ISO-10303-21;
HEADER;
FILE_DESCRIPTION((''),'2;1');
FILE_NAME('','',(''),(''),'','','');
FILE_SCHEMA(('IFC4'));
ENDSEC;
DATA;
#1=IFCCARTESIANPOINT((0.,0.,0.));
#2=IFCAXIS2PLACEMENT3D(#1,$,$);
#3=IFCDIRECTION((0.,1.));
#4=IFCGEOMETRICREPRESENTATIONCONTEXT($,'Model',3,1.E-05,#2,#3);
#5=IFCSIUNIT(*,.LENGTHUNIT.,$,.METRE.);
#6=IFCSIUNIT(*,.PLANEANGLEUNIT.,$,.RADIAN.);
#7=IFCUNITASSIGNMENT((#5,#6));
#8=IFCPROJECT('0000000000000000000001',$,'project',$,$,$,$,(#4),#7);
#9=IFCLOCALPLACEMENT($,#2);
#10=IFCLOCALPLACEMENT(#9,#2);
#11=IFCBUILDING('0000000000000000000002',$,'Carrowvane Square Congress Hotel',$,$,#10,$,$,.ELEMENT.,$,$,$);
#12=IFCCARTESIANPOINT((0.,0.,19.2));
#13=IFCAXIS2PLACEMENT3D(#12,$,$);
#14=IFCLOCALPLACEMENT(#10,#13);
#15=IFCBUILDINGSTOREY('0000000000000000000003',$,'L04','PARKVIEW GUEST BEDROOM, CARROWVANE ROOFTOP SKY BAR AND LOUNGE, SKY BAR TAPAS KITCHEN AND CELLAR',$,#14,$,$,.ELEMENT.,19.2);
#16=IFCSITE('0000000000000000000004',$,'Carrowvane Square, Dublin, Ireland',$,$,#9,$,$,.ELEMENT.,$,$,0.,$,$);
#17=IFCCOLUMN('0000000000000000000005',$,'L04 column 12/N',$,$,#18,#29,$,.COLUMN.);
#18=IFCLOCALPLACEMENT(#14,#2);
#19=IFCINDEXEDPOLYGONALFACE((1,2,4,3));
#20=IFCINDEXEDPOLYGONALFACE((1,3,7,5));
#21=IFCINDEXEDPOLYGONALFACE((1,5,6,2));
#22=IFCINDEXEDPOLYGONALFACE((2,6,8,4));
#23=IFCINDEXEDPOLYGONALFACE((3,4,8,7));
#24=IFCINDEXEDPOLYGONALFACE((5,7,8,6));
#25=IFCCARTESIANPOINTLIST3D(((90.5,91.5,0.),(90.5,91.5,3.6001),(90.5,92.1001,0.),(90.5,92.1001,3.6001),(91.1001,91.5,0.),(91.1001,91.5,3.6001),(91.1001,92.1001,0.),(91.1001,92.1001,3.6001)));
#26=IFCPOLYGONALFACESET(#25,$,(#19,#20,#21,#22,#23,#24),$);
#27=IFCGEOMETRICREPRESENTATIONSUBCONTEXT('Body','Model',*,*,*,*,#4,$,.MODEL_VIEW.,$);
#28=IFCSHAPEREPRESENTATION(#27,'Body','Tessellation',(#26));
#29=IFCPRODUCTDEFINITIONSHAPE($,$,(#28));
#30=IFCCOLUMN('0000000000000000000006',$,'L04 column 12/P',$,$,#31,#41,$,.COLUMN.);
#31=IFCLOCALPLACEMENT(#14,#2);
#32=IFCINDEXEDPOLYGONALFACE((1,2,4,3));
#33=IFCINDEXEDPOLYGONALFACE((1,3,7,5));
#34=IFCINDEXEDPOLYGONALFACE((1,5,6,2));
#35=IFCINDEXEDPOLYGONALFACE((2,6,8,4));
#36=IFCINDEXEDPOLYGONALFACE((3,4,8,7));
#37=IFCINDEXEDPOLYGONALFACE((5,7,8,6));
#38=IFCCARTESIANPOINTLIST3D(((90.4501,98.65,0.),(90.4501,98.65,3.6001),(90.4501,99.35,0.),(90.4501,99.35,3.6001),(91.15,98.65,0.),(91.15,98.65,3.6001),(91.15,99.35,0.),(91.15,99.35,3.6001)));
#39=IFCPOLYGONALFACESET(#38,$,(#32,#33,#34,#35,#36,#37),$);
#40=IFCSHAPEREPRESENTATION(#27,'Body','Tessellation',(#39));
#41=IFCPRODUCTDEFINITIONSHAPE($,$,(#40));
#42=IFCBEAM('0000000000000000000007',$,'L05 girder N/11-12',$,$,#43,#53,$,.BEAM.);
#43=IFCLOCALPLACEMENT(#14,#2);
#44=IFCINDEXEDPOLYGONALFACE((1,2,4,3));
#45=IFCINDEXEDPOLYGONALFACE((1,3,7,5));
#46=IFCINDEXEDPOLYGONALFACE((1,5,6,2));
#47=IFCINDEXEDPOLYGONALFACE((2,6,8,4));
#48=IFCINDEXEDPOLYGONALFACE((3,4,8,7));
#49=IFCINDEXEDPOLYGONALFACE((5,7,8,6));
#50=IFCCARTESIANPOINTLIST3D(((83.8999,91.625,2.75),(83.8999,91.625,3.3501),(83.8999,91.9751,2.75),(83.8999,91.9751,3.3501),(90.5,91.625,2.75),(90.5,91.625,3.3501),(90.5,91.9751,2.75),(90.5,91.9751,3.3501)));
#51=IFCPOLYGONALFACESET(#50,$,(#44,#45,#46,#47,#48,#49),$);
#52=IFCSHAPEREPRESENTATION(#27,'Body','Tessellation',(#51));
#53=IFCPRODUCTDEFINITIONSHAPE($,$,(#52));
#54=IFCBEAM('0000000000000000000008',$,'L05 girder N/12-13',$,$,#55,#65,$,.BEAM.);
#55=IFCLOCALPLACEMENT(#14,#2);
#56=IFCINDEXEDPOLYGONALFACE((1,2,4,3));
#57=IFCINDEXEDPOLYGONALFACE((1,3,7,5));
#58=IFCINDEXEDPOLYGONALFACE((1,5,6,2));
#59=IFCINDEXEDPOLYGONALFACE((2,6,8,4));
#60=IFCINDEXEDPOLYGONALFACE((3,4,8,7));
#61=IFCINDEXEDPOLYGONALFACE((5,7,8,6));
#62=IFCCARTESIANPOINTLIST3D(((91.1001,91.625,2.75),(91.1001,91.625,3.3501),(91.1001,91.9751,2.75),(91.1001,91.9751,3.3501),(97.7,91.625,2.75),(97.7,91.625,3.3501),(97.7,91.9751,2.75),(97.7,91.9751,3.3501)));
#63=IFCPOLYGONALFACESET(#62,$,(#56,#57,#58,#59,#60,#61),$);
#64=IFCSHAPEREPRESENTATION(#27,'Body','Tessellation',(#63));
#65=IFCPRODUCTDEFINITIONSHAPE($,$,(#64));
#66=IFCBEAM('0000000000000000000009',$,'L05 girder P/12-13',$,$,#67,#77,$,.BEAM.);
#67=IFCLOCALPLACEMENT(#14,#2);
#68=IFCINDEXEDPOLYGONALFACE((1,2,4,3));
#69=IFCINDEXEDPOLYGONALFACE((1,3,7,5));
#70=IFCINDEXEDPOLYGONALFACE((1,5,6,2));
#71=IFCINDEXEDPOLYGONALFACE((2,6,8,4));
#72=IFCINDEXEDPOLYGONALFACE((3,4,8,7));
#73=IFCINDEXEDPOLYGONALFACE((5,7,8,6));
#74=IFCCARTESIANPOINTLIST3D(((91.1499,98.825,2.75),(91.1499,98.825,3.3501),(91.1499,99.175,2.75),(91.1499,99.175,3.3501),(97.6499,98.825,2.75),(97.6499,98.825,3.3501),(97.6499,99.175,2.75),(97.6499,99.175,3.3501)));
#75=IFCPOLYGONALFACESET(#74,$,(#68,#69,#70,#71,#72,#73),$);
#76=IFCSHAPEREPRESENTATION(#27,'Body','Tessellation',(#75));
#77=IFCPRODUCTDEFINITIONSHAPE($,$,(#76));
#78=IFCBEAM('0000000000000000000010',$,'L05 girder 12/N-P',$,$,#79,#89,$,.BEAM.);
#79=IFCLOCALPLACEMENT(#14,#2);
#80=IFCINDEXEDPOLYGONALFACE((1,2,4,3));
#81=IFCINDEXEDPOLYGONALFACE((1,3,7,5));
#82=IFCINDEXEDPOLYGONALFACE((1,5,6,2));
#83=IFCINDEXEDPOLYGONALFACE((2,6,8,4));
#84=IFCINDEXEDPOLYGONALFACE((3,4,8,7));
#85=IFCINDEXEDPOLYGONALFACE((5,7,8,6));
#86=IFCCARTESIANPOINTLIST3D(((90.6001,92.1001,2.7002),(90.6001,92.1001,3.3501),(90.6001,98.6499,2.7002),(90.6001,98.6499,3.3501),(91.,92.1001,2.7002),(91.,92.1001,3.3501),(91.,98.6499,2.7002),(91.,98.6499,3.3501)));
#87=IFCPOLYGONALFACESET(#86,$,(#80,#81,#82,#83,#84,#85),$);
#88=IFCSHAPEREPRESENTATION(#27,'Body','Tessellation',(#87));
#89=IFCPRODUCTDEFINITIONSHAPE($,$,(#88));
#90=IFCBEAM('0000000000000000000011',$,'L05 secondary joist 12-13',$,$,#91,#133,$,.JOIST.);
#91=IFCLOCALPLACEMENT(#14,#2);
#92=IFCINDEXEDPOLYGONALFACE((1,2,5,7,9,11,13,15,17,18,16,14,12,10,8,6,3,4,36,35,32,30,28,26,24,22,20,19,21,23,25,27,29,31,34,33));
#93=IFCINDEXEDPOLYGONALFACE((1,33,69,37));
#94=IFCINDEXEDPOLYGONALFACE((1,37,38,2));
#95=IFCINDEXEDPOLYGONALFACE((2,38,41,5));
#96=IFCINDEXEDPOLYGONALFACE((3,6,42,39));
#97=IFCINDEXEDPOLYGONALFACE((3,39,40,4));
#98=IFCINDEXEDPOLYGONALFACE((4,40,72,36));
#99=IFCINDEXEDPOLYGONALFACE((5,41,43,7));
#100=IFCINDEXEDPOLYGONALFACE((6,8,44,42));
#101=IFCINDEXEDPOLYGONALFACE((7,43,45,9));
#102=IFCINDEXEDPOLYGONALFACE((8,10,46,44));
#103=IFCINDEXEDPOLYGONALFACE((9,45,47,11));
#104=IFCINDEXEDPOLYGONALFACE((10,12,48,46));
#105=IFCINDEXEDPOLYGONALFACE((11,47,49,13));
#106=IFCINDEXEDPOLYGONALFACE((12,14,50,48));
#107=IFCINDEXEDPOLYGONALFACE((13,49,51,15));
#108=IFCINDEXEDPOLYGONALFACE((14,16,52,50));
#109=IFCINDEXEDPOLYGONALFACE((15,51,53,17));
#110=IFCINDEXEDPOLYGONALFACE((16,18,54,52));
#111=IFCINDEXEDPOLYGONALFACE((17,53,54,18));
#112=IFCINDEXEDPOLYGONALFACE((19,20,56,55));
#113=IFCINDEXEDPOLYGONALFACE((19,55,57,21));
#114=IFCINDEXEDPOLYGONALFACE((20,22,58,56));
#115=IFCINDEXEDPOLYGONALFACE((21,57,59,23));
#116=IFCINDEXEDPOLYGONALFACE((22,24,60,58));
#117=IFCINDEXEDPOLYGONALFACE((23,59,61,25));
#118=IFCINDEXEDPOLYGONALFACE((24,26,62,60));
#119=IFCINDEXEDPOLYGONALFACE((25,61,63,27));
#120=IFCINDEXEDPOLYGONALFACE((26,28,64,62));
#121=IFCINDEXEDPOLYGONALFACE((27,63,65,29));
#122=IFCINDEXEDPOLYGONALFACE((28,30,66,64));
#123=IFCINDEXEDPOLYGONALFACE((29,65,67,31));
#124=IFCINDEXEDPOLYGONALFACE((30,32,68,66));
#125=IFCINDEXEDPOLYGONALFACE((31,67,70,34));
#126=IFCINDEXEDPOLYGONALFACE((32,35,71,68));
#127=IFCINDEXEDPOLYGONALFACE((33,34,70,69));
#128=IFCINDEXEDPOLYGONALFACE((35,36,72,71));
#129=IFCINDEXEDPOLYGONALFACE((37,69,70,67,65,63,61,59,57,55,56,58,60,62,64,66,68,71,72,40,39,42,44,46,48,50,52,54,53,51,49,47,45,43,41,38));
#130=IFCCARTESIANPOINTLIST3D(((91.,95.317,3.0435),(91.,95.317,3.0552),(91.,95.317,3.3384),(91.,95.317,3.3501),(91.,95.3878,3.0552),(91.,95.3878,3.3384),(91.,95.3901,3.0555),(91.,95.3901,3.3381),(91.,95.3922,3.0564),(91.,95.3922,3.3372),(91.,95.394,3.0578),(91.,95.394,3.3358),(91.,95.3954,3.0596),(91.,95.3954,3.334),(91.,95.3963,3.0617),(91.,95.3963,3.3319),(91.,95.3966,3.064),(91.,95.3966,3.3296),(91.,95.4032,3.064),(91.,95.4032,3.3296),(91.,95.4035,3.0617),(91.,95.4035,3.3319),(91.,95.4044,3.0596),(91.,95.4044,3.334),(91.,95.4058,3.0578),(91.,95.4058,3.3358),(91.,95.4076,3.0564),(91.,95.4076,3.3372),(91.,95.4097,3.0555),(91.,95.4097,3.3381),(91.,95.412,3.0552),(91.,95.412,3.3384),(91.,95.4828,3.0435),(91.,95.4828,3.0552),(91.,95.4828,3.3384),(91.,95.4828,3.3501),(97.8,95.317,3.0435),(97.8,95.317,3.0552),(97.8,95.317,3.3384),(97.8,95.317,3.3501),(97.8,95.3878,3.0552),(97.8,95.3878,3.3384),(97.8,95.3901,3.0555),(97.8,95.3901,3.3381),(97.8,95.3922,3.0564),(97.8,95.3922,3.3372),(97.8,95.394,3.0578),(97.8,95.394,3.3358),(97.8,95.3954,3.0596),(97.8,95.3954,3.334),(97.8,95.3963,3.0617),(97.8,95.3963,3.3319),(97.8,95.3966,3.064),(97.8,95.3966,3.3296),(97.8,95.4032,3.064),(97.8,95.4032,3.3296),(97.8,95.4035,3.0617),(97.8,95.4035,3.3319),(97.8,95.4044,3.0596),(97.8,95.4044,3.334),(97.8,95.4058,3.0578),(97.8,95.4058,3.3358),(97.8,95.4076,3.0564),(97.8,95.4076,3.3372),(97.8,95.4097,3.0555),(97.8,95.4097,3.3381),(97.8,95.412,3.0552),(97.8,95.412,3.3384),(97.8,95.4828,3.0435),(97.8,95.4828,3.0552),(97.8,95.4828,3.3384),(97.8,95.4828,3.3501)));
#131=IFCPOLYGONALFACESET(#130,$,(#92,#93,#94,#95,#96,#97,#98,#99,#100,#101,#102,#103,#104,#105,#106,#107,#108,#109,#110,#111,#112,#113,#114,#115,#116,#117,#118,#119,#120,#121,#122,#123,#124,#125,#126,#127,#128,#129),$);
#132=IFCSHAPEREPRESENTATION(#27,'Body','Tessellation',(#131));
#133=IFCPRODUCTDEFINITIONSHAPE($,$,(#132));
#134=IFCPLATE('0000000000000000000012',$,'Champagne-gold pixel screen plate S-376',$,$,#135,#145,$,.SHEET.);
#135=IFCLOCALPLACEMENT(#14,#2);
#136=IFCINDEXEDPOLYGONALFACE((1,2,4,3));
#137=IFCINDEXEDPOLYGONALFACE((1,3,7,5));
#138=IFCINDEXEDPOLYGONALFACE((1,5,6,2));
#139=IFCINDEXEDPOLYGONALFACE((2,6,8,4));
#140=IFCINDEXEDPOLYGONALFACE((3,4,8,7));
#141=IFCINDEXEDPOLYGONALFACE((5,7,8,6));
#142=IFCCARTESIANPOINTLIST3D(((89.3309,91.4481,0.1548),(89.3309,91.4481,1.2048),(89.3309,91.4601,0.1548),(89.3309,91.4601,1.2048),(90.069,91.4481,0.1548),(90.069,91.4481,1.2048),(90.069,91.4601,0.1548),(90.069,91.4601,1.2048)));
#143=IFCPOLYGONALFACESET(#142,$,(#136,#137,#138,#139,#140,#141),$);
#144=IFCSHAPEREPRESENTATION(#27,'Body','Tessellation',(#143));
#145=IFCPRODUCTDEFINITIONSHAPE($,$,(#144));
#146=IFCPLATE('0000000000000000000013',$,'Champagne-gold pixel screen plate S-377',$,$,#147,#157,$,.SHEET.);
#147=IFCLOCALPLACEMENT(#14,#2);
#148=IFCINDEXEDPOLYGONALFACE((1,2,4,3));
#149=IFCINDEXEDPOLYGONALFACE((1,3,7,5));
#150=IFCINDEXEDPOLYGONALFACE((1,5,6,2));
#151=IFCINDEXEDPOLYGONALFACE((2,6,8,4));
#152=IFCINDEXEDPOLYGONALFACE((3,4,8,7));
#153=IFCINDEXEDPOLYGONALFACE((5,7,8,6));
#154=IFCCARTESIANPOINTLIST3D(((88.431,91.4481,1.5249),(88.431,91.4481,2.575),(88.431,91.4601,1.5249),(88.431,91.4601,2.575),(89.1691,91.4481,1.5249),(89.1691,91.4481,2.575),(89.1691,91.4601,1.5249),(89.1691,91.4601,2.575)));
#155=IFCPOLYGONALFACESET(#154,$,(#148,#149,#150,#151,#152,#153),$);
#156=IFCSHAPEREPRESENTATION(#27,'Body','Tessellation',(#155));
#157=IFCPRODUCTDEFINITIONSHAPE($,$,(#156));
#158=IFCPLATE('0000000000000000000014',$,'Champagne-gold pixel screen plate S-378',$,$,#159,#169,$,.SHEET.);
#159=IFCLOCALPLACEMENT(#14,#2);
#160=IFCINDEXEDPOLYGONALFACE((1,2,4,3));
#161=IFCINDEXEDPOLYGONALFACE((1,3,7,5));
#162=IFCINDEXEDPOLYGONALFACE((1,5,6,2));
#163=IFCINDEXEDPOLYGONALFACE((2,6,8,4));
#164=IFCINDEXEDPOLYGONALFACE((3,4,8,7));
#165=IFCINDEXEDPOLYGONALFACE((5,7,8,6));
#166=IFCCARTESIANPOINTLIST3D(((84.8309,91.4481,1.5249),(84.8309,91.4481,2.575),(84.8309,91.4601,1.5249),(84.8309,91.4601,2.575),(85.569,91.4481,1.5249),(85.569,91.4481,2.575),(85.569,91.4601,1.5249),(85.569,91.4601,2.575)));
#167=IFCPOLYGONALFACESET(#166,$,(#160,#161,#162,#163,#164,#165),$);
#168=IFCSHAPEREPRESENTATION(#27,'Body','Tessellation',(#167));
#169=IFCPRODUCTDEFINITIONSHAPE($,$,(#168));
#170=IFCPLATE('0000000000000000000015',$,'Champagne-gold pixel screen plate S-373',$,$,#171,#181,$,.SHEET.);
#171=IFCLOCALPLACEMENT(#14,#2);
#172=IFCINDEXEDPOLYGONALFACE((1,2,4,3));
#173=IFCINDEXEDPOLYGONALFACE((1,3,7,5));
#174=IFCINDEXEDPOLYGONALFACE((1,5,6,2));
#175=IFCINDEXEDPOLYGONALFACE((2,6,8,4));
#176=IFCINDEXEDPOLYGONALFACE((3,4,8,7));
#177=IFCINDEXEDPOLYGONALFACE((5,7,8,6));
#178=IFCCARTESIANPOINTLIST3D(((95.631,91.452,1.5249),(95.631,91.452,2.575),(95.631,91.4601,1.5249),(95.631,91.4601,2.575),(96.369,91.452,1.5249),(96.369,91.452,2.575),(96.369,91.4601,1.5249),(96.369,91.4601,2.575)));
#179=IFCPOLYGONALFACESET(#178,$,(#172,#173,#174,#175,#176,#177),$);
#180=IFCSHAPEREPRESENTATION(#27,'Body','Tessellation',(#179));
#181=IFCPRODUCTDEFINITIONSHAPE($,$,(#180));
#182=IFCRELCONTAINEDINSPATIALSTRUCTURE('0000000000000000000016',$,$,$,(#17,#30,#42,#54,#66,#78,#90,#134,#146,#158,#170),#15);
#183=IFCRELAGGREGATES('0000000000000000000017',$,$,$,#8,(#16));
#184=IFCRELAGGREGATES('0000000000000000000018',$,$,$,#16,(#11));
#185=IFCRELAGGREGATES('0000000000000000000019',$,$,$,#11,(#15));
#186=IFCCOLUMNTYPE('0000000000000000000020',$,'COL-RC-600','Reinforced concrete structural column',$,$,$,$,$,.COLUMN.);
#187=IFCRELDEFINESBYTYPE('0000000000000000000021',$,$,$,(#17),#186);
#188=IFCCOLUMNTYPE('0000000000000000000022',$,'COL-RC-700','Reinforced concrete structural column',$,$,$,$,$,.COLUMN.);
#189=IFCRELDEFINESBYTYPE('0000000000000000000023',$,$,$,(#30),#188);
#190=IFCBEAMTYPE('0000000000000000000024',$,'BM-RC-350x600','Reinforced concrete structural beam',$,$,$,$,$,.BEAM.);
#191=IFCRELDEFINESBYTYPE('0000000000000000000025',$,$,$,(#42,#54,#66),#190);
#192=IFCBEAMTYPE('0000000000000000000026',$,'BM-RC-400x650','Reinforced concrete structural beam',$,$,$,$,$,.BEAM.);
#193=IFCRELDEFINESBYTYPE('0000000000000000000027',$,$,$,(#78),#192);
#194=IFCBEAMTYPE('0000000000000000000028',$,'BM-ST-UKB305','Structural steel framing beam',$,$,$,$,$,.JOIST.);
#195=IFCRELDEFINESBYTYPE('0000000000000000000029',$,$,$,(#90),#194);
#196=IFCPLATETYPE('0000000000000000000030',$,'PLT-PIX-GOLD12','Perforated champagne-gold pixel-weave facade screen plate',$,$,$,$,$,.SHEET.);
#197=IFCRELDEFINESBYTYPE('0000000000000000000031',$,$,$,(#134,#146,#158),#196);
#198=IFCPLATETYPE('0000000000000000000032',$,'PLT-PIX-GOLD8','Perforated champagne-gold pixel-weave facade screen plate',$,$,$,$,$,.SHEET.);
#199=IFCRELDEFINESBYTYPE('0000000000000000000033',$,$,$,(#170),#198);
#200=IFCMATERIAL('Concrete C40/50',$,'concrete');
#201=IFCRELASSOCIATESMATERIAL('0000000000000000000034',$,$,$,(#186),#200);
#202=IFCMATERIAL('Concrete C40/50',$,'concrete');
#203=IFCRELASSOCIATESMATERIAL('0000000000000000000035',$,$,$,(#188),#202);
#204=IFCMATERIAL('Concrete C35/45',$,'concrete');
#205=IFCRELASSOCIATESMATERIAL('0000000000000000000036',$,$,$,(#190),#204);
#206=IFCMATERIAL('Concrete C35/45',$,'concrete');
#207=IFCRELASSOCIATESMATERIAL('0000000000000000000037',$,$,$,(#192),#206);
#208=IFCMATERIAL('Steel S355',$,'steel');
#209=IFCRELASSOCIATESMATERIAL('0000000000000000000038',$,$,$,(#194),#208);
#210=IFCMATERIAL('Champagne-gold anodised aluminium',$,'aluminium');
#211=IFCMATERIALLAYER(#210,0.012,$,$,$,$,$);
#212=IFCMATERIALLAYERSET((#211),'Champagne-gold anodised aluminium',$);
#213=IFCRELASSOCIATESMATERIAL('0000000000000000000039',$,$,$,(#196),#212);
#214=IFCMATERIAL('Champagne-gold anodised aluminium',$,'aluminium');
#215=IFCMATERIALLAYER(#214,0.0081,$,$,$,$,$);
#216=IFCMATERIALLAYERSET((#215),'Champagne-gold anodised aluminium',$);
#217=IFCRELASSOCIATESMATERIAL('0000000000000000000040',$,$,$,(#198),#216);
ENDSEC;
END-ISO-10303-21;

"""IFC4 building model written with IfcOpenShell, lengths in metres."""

from ifc_helpers import new_model, si_unit, direction, frame, origin, origin_2d, place, context, subcontext, project, spatial, rectangle, i_section, extrude, material, layer, layer_set, material_profile, profile_set, type_object, element, save


model = new_model("IFC4")

# Units and contexts
model_context = context("Model", 3, precision=1e-05, world=origin(), true_north=direction((0.0, 1.0)))
body_context = subcontext(model_context, "Body", "Model", "MODEL_VIEW")
ifc_project = project(units=[si_unit("LENGTHUNIT", "METRE"), si_unit("PLANEANGLEUNIT", "RADIAN")], contexts=[model_context])

# Site, building, storey
site_placement = place(None, origin())
site = spatial("IfcSite", under=ifc_project, at=site_placement, Name="Carrowvane Square, Dublin, Ireland", CompositionType="ELEMENT", RefElevation=0.0)
building_placement = place(site_placement, origin())
building = spatial("IfcBuilding", under=site, at=building_placement, Name="Carrowvane Square Congress Hotel", CompositionType="ELEMENT")
storey_placement = place(building_placement, frame((0.0, 0.0, 19.2)))
storey = spatial("IfcBuildingStorey", under=building, at=storey_placement, Name="L04", Description="PARKVIEW GUEST BEDROOM, CARROWVANE ROOFTOP SKY BAR AND LOUNGE, SKY BAR TAPAS KITCHEN AND CELLAR", CompositionType="ELEMENT", Elevation=19.2)

# Columns
ifc_material_1 = material(Name="Concrete C40/50", Category="concrete")
ifc_material_profile_1 = material_profile(ifc_material_1, rectangle(XDim=0.6001, YDim=0.6001, at=origin_2d()), Name="RC 600x600")
ifc_profile_set_1 = profile_set([ifc_material_profile_1], Name="Concrete C40/50")
column_type_1 = type_object("IfcColumnType", Name="COL-RC-600", Description="Reinforced concrete structural column", PredefinedType="COLUMN", material=ifc_profile_set_1)
column_1_placement = place(storey_placement, frame((90.8, 91.8, 0.0), z_axis=(0.0, 0.0, 1.0), x_axis=(1.0, 0.0, 0.0)))
element("IfcColumn", 1, at=column_1_placement, inside=storey, type_object=column_type_1, Name="L04 column 12/N", PredefinedType="COLUMN", context=body_context, shape_type="SweptSolid", body=[
    extrude(rectangle(XDim=0.6001, YDim=0.6001, at=origin_2d()), origin(), (0.0, 0.0, 1.0), 3.6001),
])
ifc_material_2 = material(Name="Concrete C40/50", Category="concrete")
ifc_material_profile_2 = material_profile(ifc_material_2, rectangle(XDim=0.7, YDim=0.7, at=origin_2d()), Name="RC 700x700")
ifc_profile_set_2 = profile_set([ifc_material_profile_2], Name="Concrete C40/50")
column_type_2 = type_object("IfcColumnType", Name="COL-RC-700", Description="Reinforced concrete structural column", PredefinedType="COLUMN", material=ifc_profile_set_2)
column_2_placement = place(storey_placement, frame((90.8, 99.0, 0.0), z_axis=(0.0, 0.0, 1.0), x_axis=(1.0, 0.0, 0.0)))
element("IfcColumn", 2, at=column_2_placement, inside=storey, type_object=column_type_2, Name="L04 column 12/P", PredefinedType="COLUMN", context=body_context, shape_type="SweptSolid", body=[
    extrude(rectangle(XDim=0.7, YDim=0.7, at=origin_2d()), origin(), (0.0, 0.0, 1.0), 3.6001),
])

# Beams
ifc_material_3 = material(Name="Concrete C35/45", Category="concrete")
ifc_material_profile_3 = material_profile(ifc_material_3, rectangle(XDim=0.3501, YDim=0.6001, at=origin_2d()), Name="RC 350x600")
ifc_profile_set_3 = profile_set([ifc_material_profile_3], Name="Concrete C35/45")
beam_type_1 = type_object("IfcBeamType", Name="BM-RC-350x600", Description="Reinforced concrete structural beam", PredefinedType="BEAM", material=ifc_profile_set_3)
beam_1_placement = place(storey_placement, frame((83.8999, 91.8, 3.05), z_axis=(1.0, 0.0, 0.0), x_axis=(0.0, 1.0, 0.0)))
element("IfcBeam", 3, at=beam_1_placement, inside=storey, type_object=beam_type_1, Name="L05 girder N/11-12", PredefinedType="BEAM", context=body_context, shape_type="SweptSolid", body=[
    extrude(rectangle(XDim=0.3501, YDim=0.6001, at=origin_2d()), origin(), (0.0, 0.0, 1.0), 6.6001),
])
beam_2_placement = place(storey_placement, frame((91.1001, 91.8, 3.05), z_axis=(1.0, 0.0, 0.0), x_axis=(0.0, 1.0, 0.0)))
element("IfcBeam", 4, at=beam_2_placement, inside=storey, type_object=beam_type_1, Name="L05 girder N/12-13", PredefinedType="BEAM", context=body_context, shape_type="SweptSolid", body=[
    extrude(rectangle(XDim=0.3501, YDim=0.6001, at=origin_2d()), origin(), (0.0, 0.0, 1.0), 6.5999),
])
beam_3_placement = place(storey_placement, frame((91.1499, 99.0, 3.05), z_axis=(1.0, 0.0, 0.0), x_axis=(0.0, 1.0, 0.0)))
element("IfcBeam", 5, at=beam_3_placement, inside=storey, type_object=beam_type_1, Name="L05 girder P/12-13", PredefinedType="BEAM", context=body_context, shape_type="SweptSolid", body=[
    extrude(rectangle(XDim=0.3501, YDim=0.6001, at=origin_2d()), origin(), (0.0, 0.0, 1.0), 6.5),
])
ifc_material_4 = material(Name="Concrete C35/45", Category="concrete")
ifc_material_profile_4 = material_profile(ifc_material_4, rectangle(XDim=0.3999, YDim=0.6499, at=origin_2d()), Name="RC 400x650")
ifc_profile_set_4 = profile_set([ifc_material_profile_4], Name="Concrete C35/45")
beam_type_2 = type_object("IfcBeamType", Name="BM-RC-400x650", Description="Reinforced concrete structural beam", PredefinedType="BEAM", material=ifc_profile_set_4)
beam_4_placement = place(storey_placement, frame((90.8, 92.1001, 3.0251), z_axis=(0.0, 1.0, 0.0), x_axis=(-1.0, 0.0, 0.0)))
element("IfcBeam", 6, at=beam_4_placement, inside=storey, type_object=beam_type_2, Name="L05 girder 12/N-P", PredefinedType="BEAM", context=body_context, shape_type="SweptSolid", body=[
    extrude(rectangle(XDim=0.3999, YDim=0.6499, at=origin_2d()), origin(), (0.0, 0.0, 1.0), 6.5498),
])
ifc_material_5 = material(Name="Steel S355", Category="steel")
ifc_material_profile_5 = material_profile(ifc_material_5, i_section(OverallWidth=0.1658, OverallDepth=0.3066, WebThickness=0.0066, FlangeThickness=0.0117, FilletRadius=0.0088, at=origin_2d()), Name="UKB 305x165x46")
ifc_profile_set_5 = profile_set([ifc_material_profile_5], Name="Steel S355")
beam_type_3 = type_object("IfcBeamType", Name="BM-ST-UKB305", Description="Structural steel framing beam", PredefinedType="JOIST", material=ifc_profile_set_5)
beam_5_placement = place(storey_placement, frame((91.0, 95.3999, 3.1968), z_axis=(1.0, 0.0, 0.0), x_axis=(0.0, 1.0, 0.0)))
element("IfcBeam", 7, at=beam_5_placement, inside=storey, type_object=beam_type_3, Name="L05 secondary joist 12-13", PredefinedType="JOIST", context=body_context, shape_type="SweptSolid", body=[
    extrude(i_section(OverallWidth=0.1658, OverallDepth=0.3066, WebThickness=0.0066, FlangeThickness=0.0117, FilletRadius=0.0088, at=origin_2d()), origin(), (0.0, 0.0, 1.0), 6.8),
])

# Plates
ifc_material_6 = material(Name="Champagne-gold anodised aluminium", Category="aluminium")
ifc_layer_1 = layer(ifc_material_6, 0.012)
ifc_layer_set_1 = layer_set([ifc_layer_1], Name="Champagne-gold anodised aluminium")
plate_type_1 = type_object("IfcPlateType", Name="PLT-PIX-GOLD12", Description="Perforated champagne-gold pixel-weave facade screen plate", PredefinedType="SHEET", material=ifc_layer_set_1)
for number, where, z_axis, x_axis, name in (
    (8, (89.7, 91.4541, 0.1548), (0.0, 0.0, 1.0), (-1.0, 0.0, 0.0), "Champagne-gold pixel screen plate S-376"),
    (9, (88.8, 91.4541, 1.5249), (0.0, 0.0, 1.0), (-1.0, 0.0, 0.0), "Champagne-gold pixel screen plate S-377"),
    (10, (85.2, 91.4541, 1.5249), (0.0, 0.0, 1.0), (-1.0, 0.0, 0.0), "Champagne-gold pixel screen plate S-378"),
):
    element("IfcPlate", number, at=place(storey_placement, frame(where, z_axis=z_axis, x_axis=x_axis)), inside=storey, type_object=plate_type_1, Name=name, PredefinedType="SHEET", context=body_context, shape_type="SweptSolid", body=[
        extrude(rectangle(XDim=0.738, YDim=0.012, at=origin_2d()), origin(), (0.0, 0.0, 1.0), 1.05),
    ])
ifc_material_7 = material(Name="Champagne-gold anodised aluminium", Category="aluminium")
ifc_layer_2 = layer(ifc_material_7, 0.0081)
ifc_layer_set_2 = layer_set([ifc_layer_2], Name="Champagne-gold anodised aluminium")
plate_type_2 = type_object("IfcPlateType", Name="PLT-PIX-GOLD8", Description="Perforated champagne-gold pixel-weave facade screen plate", PredefinedType="SHEET", material=ifc_layer_set_2)
for number, where, z_axis, x_axis, name in (
    (11, (96.0, 91.4561, 1.5249), (0.0, 0.0, 1.0), (-1.0, 0.0, 0.0), "Champagne-gold pixel screen plate S-373"),
):
    element("IfcPlate", number, at=place(storey_placement, frame(where, z_axis=z_axis, x_axis=x_axis)), inside=storey, type_object=plate_type_2, Name=name, PredefinedType="SHEET", context=body_context, shape_type="SweptSolid", body=[
        extrude(rectangle(XDim=0.738, YDim=0.0081, at=origin_2d()), origin(), (0.0, 0.0, 1.0), 1.05),
    ])

save(model, "model.ifc")
